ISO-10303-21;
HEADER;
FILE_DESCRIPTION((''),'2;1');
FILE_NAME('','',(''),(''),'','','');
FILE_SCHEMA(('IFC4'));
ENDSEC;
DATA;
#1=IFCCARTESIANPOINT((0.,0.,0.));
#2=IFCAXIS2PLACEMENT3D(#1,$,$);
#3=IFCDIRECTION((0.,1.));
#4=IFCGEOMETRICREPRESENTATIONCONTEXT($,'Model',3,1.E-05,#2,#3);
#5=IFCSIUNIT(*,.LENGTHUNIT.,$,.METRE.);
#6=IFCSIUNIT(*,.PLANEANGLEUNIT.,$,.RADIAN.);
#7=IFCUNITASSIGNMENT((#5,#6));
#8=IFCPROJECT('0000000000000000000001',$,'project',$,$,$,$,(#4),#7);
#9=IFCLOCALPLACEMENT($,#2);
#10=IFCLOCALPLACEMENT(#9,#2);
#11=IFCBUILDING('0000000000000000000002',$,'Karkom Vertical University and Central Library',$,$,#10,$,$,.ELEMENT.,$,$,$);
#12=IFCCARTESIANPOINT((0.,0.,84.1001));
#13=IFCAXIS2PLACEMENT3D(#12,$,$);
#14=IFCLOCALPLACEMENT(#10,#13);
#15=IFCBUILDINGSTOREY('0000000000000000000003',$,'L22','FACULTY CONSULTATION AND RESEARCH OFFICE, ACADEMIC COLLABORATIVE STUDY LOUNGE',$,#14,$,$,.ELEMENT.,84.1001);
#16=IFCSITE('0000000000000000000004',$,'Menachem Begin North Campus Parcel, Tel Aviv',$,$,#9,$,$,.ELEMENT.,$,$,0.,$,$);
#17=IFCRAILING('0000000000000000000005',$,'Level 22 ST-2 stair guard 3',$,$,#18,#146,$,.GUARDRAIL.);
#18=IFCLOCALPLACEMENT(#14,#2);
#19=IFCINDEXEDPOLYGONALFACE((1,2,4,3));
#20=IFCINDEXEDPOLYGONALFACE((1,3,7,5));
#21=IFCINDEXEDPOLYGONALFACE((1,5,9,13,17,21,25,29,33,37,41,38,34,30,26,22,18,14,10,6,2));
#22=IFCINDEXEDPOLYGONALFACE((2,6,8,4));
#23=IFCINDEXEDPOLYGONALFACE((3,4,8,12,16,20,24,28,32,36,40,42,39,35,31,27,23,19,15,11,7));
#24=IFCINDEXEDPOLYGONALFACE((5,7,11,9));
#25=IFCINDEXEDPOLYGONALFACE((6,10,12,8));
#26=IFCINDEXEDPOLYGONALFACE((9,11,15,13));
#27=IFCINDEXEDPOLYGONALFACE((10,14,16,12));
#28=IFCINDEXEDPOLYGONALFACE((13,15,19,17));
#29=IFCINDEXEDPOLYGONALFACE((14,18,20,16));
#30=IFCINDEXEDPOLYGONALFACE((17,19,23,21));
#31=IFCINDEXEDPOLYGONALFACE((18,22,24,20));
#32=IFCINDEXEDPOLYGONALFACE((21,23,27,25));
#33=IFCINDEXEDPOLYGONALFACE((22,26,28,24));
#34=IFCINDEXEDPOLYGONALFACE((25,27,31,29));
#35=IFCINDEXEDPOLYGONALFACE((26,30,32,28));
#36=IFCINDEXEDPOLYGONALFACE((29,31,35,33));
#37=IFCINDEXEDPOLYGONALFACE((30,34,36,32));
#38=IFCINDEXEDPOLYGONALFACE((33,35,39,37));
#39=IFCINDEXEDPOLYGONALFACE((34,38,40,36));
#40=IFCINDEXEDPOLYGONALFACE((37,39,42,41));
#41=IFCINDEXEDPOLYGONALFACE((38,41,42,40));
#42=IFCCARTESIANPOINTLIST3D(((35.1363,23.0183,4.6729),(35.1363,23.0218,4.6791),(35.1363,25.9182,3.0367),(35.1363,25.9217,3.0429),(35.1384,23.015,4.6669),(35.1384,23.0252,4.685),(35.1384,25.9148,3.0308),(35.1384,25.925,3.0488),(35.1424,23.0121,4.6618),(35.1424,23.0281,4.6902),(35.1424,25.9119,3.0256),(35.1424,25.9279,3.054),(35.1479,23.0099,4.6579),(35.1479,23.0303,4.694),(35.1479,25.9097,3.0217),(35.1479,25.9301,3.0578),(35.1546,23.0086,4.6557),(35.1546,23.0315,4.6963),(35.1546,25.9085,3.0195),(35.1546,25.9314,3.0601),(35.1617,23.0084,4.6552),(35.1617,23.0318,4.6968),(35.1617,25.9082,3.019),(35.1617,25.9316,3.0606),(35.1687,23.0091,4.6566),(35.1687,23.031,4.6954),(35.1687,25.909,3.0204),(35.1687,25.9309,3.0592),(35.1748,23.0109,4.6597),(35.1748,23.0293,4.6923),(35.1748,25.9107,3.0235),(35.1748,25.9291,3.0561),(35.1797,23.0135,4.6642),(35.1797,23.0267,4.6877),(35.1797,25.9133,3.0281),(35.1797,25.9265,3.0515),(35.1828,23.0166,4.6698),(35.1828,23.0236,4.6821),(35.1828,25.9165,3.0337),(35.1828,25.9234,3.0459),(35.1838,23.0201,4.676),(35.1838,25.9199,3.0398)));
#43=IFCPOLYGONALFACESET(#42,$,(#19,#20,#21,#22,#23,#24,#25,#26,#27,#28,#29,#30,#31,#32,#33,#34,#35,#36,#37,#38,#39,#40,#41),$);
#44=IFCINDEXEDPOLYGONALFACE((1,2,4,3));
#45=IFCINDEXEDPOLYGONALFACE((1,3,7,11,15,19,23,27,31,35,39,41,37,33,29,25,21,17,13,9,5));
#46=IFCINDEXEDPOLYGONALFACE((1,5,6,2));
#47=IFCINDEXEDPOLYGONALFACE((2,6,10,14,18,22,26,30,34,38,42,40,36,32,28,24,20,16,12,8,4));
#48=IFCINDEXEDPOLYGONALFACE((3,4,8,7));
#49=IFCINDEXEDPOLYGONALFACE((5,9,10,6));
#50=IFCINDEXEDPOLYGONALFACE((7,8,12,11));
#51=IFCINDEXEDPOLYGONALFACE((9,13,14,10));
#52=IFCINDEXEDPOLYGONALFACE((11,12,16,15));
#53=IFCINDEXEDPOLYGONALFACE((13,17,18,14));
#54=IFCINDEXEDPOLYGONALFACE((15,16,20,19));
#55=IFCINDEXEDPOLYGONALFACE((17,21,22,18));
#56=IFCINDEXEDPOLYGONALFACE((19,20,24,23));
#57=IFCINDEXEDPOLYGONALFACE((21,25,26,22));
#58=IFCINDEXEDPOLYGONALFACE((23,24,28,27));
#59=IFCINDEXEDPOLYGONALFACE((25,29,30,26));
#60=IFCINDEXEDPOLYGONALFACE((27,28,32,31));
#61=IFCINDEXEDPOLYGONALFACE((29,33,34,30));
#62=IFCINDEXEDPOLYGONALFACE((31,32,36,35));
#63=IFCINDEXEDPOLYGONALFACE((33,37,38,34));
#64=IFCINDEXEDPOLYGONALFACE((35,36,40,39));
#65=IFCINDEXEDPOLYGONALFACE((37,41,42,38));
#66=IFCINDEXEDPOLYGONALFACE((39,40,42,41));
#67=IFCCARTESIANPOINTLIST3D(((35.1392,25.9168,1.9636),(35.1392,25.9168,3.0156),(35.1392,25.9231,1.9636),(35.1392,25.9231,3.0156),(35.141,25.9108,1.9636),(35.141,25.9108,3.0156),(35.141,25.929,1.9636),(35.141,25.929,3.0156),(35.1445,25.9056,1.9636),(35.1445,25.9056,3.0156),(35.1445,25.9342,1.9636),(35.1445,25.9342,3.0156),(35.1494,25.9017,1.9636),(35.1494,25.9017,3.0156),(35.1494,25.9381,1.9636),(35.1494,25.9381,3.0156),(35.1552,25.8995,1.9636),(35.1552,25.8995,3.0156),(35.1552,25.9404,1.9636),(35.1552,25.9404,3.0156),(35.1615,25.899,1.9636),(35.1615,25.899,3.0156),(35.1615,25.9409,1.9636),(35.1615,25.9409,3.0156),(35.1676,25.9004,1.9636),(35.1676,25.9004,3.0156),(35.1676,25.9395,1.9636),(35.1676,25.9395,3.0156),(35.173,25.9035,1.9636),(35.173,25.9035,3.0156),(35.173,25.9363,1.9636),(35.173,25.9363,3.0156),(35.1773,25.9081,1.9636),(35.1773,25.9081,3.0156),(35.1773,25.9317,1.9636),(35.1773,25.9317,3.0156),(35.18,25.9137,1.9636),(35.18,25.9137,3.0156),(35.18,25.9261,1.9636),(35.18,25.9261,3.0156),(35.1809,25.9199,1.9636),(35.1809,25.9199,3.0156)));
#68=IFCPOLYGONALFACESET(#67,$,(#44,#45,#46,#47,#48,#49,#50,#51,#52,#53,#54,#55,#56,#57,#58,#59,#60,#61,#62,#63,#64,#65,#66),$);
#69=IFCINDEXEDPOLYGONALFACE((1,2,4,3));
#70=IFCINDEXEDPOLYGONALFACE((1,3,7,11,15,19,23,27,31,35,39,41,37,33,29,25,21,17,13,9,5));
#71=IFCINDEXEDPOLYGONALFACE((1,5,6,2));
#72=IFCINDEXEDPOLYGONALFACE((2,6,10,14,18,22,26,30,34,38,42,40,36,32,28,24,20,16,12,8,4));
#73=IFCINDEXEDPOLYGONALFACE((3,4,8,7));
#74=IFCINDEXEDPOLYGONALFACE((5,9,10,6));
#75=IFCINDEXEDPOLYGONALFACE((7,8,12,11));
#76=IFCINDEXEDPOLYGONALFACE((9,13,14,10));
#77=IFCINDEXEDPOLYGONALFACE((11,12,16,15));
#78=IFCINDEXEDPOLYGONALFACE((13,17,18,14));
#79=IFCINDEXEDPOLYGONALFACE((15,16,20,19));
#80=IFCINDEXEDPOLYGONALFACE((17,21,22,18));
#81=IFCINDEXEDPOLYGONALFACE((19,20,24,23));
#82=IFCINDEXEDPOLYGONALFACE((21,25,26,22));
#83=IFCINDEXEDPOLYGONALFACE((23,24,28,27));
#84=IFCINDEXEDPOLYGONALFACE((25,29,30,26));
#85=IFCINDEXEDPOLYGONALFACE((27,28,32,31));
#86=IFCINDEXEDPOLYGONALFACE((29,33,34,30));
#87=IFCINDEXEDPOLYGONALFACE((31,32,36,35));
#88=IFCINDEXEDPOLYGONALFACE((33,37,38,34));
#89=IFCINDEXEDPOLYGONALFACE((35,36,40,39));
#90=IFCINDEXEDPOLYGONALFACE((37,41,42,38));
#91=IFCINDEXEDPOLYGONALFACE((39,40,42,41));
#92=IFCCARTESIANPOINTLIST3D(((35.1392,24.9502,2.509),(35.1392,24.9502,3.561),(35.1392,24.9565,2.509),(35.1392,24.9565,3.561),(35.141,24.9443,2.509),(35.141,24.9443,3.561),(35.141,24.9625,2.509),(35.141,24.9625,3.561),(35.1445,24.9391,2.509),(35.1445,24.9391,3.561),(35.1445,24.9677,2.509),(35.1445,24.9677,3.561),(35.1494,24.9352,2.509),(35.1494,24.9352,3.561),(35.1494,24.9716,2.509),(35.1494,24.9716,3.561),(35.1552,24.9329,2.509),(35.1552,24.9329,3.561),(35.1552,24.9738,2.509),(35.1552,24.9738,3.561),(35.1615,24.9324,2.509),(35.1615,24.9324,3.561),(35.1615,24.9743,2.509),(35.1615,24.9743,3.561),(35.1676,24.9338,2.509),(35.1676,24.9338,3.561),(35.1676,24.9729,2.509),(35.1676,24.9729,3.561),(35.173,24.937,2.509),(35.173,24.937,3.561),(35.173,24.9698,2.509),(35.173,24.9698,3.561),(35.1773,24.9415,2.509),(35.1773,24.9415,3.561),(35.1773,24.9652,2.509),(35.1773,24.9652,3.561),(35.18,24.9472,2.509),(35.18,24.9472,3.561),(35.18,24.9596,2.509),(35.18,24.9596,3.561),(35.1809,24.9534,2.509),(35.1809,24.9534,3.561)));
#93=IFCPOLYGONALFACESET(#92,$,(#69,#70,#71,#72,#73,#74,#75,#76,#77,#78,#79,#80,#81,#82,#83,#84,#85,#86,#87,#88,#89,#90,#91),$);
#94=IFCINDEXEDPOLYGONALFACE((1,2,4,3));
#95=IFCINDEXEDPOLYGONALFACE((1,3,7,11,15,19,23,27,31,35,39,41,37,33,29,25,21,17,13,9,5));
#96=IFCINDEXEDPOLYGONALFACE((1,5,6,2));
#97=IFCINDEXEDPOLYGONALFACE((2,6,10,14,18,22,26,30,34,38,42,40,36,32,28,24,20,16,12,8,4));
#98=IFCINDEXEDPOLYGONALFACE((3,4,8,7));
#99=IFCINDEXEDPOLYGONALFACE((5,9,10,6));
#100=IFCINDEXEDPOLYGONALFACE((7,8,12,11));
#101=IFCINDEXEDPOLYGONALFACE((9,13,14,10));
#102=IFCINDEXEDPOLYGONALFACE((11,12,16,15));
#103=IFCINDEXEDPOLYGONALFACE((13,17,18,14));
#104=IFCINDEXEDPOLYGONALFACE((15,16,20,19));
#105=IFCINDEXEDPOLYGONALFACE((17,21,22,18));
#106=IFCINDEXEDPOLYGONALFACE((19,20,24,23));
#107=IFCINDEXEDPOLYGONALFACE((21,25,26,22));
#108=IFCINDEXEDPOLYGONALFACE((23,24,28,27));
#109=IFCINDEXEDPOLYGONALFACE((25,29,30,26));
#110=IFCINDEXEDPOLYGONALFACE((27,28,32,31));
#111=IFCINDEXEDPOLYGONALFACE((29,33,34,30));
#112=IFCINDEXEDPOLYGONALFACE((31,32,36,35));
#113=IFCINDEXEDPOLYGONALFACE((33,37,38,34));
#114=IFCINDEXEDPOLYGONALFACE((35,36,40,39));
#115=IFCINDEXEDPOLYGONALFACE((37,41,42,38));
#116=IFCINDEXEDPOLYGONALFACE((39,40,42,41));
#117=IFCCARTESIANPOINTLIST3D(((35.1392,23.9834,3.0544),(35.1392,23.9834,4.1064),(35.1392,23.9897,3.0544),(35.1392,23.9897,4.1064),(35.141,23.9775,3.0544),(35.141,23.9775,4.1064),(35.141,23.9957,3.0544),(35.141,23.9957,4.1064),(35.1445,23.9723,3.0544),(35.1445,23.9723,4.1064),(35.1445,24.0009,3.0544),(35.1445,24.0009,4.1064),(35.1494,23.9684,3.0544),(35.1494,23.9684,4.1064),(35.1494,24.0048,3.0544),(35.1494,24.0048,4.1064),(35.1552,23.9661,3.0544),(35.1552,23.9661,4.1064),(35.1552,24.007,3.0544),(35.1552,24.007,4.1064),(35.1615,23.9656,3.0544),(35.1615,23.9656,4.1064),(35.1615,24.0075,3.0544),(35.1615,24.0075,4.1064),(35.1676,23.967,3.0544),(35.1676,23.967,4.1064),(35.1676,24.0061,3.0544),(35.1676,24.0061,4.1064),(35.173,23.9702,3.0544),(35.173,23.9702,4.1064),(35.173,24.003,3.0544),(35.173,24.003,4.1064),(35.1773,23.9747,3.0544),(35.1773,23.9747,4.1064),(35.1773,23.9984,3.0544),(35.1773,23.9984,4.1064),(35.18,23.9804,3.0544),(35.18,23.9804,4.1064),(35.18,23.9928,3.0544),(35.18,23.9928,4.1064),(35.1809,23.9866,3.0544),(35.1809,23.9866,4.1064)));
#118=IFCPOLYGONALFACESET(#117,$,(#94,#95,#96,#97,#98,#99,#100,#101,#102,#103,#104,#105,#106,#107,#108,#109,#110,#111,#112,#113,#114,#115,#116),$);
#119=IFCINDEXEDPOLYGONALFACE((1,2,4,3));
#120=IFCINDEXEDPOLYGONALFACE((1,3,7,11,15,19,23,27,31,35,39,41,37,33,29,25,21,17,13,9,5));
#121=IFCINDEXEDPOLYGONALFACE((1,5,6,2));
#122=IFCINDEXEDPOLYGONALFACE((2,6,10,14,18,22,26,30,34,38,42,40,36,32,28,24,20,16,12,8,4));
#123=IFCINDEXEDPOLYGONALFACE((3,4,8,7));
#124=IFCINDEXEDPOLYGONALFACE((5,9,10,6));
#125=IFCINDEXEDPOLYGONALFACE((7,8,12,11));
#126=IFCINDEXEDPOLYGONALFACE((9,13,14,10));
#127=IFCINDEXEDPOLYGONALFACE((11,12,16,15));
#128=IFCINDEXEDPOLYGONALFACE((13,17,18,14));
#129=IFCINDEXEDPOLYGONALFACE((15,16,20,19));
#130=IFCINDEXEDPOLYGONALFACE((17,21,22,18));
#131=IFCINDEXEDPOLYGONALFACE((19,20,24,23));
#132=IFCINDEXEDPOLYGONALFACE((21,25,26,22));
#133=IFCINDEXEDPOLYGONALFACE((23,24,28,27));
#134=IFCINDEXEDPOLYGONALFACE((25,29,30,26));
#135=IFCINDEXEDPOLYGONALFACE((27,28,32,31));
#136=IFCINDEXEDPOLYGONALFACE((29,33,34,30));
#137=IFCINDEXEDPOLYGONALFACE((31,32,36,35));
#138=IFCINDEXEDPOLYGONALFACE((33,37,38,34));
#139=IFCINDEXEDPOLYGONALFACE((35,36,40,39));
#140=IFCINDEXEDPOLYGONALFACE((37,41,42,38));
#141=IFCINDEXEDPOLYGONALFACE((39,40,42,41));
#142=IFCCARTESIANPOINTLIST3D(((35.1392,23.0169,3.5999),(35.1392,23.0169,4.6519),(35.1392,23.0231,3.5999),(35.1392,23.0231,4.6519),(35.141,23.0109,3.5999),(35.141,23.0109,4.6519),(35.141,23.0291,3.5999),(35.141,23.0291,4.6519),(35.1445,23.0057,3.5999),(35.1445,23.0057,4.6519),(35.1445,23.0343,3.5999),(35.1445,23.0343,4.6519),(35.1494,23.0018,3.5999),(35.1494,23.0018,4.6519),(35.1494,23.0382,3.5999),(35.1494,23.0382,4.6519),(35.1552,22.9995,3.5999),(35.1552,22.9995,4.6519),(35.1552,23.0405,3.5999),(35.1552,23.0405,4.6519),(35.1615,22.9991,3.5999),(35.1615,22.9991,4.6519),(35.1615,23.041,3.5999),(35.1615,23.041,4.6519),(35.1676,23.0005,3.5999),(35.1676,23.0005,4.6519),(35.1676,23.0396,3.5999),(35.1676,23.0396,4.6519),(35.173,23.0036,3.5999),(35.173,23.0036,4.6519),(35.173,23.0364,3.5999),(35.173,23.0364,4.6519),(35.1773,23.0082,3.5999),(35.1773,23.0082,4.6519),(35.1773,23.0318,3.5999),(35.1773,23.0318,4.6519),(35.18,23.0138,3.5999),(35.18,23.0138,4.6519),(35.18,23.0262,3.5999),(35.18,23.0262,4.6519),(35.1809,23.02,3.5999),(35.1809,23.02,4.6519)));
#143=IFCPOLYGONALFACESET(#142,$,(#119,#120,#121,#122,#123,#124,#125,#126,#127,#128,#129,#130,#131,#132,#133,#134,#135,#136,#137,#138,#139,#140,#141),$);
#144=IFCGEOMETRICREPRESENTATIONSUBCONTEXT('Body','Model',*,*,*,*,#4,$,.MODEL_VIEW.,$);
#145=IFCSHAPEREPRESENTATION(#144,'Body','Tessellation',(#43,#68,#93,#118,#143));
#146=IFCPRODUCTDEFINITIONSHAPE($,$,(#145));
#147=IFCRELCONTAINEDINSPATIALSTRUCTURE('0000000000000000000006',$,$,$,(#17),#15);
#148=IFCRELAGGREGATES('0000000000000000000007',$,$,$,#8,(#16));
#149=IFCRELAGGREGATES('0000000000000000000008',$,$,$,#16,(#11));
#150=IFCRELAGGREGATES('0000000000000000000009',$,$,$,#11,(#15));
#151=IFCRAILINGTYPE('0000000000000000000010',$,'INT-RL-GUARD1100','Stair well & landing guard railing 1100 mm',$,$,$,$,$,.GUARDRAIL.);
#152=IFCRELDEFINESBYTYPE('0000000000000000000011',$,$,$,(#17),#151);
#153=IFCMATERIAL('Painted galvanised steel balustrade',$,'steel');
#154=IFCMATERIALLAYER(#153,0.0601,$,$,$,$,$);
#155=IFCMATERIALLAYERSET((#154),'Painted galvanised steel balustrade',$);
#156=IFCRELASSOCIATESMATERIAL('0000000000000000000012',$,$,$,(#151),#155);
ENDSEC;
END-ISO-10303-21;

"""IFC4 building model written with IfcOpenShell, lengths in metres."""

from ifc_helpers import new_model, si_unit, direction, frame, origin, origin_2d, place, context, subcontext, project, spatial, circle, extrude, material, layer, layer_set, type_object, element, save


model = new_model("IFC4")

# Units and contexts
model_context = context("Model", 3, precision=1e-05, world=origin(), true_north=direction((0.0, 1.0)))
body_context = subcontext(model_context, "Body", "Model", "MODEL_VIEW")
ifc_project = project(units=[si_unit("LENGTHUNIT", "METRE"), si_unit("PLANEANGLEUNIT", "RADIAN")], contexts=[model_context])

# Site, building, storey
site_placement = place(None, origin())
site = spatial("IfcSite", under=ifc_project, at=site_placement, Name="Menachem Begin North Campus Parcel, Tel Aviv", CompositionType="ELEMENT", RefElevation=0.0)
building_placement = place(site_placement, origin())
building = spatial("IfcBuilding", under=site, at=building_placement, Name="Karkom Vertical University and Central Library", CompositionType="ELEMENT")
storey_placement = place(building_placement, frame((0.0, 0.0, 84.1001)))
storey = spatial("IfcBuildingStorey", under=building, at=storey_placement, Name="L22", Description="FACULTY CONSULTATION AND RESEARCH OFFICE, ACADEMIC COLLABORATIVE STUDY LOUNGE", CompositionType="ELEMENT", Elevation=84.1001)

# Railing
ifc_material_1 = material(Name="Painted galvanised steel balustrade", Category="steel")
ifc_layer_1 = layer(ifc_material_1, 0.0601)
ifc_layer_set_1 = layer_set([ifc_layer_1], Name="Painted galvanised steel balustrade")
railing_type_1 = type_object("IfcRailingType", Name="INT-RL-GUARD1100", Description="Stair well & landing guard railing 1100 mm", PredefinedType="GUARDRAIL", material=ifc_layer_set_1)
railing_1_placement = place(storey_placement, frame((35.1599, 25.9199, 1.9636)))
element("IfcRailing", 1, at=railing_1_placement, inside=storey, type_object=railing_type_1, Name="Level 22 ST-2 stair guard 3", PredefinedType="GUARDRAIL", context=body_context, shape_type="SweptSolid", body=[
    extrude(circle(Radius=0.0239, at=origin_2d()), frame((0.0, 0.0, 1.0762), z_axis=(0.0, -0.870929, 0.49141), x_axis=(1.0, 0.0, 0.0)), (0.0, 0.0, 1.0), 3.3296),
    extrude(circle(Radius=0.021, at=origin_2d()), origin(), (0.0, 0.0, 1.0), 1.052),
    extrude(circle(Radius=0.021, at=origin_2d()), frame((0.0, -0.9666, 0.5454)), (0.0, 0.0, 1.0), 1.052),
    extrude(circle(Radius=0.021, at=origin_2d()), frame((0.0, -1.9333, 1.0908)), (0.0, 0.0, 1.0), 1.052),
    extrude(circle(Radius=0.021, at=origin_2d()), frame((0.0, -2.8999, 1.6362)), (0.0, 0.0, 1.0), 1.052),
])

save(model, "model.ifc")
